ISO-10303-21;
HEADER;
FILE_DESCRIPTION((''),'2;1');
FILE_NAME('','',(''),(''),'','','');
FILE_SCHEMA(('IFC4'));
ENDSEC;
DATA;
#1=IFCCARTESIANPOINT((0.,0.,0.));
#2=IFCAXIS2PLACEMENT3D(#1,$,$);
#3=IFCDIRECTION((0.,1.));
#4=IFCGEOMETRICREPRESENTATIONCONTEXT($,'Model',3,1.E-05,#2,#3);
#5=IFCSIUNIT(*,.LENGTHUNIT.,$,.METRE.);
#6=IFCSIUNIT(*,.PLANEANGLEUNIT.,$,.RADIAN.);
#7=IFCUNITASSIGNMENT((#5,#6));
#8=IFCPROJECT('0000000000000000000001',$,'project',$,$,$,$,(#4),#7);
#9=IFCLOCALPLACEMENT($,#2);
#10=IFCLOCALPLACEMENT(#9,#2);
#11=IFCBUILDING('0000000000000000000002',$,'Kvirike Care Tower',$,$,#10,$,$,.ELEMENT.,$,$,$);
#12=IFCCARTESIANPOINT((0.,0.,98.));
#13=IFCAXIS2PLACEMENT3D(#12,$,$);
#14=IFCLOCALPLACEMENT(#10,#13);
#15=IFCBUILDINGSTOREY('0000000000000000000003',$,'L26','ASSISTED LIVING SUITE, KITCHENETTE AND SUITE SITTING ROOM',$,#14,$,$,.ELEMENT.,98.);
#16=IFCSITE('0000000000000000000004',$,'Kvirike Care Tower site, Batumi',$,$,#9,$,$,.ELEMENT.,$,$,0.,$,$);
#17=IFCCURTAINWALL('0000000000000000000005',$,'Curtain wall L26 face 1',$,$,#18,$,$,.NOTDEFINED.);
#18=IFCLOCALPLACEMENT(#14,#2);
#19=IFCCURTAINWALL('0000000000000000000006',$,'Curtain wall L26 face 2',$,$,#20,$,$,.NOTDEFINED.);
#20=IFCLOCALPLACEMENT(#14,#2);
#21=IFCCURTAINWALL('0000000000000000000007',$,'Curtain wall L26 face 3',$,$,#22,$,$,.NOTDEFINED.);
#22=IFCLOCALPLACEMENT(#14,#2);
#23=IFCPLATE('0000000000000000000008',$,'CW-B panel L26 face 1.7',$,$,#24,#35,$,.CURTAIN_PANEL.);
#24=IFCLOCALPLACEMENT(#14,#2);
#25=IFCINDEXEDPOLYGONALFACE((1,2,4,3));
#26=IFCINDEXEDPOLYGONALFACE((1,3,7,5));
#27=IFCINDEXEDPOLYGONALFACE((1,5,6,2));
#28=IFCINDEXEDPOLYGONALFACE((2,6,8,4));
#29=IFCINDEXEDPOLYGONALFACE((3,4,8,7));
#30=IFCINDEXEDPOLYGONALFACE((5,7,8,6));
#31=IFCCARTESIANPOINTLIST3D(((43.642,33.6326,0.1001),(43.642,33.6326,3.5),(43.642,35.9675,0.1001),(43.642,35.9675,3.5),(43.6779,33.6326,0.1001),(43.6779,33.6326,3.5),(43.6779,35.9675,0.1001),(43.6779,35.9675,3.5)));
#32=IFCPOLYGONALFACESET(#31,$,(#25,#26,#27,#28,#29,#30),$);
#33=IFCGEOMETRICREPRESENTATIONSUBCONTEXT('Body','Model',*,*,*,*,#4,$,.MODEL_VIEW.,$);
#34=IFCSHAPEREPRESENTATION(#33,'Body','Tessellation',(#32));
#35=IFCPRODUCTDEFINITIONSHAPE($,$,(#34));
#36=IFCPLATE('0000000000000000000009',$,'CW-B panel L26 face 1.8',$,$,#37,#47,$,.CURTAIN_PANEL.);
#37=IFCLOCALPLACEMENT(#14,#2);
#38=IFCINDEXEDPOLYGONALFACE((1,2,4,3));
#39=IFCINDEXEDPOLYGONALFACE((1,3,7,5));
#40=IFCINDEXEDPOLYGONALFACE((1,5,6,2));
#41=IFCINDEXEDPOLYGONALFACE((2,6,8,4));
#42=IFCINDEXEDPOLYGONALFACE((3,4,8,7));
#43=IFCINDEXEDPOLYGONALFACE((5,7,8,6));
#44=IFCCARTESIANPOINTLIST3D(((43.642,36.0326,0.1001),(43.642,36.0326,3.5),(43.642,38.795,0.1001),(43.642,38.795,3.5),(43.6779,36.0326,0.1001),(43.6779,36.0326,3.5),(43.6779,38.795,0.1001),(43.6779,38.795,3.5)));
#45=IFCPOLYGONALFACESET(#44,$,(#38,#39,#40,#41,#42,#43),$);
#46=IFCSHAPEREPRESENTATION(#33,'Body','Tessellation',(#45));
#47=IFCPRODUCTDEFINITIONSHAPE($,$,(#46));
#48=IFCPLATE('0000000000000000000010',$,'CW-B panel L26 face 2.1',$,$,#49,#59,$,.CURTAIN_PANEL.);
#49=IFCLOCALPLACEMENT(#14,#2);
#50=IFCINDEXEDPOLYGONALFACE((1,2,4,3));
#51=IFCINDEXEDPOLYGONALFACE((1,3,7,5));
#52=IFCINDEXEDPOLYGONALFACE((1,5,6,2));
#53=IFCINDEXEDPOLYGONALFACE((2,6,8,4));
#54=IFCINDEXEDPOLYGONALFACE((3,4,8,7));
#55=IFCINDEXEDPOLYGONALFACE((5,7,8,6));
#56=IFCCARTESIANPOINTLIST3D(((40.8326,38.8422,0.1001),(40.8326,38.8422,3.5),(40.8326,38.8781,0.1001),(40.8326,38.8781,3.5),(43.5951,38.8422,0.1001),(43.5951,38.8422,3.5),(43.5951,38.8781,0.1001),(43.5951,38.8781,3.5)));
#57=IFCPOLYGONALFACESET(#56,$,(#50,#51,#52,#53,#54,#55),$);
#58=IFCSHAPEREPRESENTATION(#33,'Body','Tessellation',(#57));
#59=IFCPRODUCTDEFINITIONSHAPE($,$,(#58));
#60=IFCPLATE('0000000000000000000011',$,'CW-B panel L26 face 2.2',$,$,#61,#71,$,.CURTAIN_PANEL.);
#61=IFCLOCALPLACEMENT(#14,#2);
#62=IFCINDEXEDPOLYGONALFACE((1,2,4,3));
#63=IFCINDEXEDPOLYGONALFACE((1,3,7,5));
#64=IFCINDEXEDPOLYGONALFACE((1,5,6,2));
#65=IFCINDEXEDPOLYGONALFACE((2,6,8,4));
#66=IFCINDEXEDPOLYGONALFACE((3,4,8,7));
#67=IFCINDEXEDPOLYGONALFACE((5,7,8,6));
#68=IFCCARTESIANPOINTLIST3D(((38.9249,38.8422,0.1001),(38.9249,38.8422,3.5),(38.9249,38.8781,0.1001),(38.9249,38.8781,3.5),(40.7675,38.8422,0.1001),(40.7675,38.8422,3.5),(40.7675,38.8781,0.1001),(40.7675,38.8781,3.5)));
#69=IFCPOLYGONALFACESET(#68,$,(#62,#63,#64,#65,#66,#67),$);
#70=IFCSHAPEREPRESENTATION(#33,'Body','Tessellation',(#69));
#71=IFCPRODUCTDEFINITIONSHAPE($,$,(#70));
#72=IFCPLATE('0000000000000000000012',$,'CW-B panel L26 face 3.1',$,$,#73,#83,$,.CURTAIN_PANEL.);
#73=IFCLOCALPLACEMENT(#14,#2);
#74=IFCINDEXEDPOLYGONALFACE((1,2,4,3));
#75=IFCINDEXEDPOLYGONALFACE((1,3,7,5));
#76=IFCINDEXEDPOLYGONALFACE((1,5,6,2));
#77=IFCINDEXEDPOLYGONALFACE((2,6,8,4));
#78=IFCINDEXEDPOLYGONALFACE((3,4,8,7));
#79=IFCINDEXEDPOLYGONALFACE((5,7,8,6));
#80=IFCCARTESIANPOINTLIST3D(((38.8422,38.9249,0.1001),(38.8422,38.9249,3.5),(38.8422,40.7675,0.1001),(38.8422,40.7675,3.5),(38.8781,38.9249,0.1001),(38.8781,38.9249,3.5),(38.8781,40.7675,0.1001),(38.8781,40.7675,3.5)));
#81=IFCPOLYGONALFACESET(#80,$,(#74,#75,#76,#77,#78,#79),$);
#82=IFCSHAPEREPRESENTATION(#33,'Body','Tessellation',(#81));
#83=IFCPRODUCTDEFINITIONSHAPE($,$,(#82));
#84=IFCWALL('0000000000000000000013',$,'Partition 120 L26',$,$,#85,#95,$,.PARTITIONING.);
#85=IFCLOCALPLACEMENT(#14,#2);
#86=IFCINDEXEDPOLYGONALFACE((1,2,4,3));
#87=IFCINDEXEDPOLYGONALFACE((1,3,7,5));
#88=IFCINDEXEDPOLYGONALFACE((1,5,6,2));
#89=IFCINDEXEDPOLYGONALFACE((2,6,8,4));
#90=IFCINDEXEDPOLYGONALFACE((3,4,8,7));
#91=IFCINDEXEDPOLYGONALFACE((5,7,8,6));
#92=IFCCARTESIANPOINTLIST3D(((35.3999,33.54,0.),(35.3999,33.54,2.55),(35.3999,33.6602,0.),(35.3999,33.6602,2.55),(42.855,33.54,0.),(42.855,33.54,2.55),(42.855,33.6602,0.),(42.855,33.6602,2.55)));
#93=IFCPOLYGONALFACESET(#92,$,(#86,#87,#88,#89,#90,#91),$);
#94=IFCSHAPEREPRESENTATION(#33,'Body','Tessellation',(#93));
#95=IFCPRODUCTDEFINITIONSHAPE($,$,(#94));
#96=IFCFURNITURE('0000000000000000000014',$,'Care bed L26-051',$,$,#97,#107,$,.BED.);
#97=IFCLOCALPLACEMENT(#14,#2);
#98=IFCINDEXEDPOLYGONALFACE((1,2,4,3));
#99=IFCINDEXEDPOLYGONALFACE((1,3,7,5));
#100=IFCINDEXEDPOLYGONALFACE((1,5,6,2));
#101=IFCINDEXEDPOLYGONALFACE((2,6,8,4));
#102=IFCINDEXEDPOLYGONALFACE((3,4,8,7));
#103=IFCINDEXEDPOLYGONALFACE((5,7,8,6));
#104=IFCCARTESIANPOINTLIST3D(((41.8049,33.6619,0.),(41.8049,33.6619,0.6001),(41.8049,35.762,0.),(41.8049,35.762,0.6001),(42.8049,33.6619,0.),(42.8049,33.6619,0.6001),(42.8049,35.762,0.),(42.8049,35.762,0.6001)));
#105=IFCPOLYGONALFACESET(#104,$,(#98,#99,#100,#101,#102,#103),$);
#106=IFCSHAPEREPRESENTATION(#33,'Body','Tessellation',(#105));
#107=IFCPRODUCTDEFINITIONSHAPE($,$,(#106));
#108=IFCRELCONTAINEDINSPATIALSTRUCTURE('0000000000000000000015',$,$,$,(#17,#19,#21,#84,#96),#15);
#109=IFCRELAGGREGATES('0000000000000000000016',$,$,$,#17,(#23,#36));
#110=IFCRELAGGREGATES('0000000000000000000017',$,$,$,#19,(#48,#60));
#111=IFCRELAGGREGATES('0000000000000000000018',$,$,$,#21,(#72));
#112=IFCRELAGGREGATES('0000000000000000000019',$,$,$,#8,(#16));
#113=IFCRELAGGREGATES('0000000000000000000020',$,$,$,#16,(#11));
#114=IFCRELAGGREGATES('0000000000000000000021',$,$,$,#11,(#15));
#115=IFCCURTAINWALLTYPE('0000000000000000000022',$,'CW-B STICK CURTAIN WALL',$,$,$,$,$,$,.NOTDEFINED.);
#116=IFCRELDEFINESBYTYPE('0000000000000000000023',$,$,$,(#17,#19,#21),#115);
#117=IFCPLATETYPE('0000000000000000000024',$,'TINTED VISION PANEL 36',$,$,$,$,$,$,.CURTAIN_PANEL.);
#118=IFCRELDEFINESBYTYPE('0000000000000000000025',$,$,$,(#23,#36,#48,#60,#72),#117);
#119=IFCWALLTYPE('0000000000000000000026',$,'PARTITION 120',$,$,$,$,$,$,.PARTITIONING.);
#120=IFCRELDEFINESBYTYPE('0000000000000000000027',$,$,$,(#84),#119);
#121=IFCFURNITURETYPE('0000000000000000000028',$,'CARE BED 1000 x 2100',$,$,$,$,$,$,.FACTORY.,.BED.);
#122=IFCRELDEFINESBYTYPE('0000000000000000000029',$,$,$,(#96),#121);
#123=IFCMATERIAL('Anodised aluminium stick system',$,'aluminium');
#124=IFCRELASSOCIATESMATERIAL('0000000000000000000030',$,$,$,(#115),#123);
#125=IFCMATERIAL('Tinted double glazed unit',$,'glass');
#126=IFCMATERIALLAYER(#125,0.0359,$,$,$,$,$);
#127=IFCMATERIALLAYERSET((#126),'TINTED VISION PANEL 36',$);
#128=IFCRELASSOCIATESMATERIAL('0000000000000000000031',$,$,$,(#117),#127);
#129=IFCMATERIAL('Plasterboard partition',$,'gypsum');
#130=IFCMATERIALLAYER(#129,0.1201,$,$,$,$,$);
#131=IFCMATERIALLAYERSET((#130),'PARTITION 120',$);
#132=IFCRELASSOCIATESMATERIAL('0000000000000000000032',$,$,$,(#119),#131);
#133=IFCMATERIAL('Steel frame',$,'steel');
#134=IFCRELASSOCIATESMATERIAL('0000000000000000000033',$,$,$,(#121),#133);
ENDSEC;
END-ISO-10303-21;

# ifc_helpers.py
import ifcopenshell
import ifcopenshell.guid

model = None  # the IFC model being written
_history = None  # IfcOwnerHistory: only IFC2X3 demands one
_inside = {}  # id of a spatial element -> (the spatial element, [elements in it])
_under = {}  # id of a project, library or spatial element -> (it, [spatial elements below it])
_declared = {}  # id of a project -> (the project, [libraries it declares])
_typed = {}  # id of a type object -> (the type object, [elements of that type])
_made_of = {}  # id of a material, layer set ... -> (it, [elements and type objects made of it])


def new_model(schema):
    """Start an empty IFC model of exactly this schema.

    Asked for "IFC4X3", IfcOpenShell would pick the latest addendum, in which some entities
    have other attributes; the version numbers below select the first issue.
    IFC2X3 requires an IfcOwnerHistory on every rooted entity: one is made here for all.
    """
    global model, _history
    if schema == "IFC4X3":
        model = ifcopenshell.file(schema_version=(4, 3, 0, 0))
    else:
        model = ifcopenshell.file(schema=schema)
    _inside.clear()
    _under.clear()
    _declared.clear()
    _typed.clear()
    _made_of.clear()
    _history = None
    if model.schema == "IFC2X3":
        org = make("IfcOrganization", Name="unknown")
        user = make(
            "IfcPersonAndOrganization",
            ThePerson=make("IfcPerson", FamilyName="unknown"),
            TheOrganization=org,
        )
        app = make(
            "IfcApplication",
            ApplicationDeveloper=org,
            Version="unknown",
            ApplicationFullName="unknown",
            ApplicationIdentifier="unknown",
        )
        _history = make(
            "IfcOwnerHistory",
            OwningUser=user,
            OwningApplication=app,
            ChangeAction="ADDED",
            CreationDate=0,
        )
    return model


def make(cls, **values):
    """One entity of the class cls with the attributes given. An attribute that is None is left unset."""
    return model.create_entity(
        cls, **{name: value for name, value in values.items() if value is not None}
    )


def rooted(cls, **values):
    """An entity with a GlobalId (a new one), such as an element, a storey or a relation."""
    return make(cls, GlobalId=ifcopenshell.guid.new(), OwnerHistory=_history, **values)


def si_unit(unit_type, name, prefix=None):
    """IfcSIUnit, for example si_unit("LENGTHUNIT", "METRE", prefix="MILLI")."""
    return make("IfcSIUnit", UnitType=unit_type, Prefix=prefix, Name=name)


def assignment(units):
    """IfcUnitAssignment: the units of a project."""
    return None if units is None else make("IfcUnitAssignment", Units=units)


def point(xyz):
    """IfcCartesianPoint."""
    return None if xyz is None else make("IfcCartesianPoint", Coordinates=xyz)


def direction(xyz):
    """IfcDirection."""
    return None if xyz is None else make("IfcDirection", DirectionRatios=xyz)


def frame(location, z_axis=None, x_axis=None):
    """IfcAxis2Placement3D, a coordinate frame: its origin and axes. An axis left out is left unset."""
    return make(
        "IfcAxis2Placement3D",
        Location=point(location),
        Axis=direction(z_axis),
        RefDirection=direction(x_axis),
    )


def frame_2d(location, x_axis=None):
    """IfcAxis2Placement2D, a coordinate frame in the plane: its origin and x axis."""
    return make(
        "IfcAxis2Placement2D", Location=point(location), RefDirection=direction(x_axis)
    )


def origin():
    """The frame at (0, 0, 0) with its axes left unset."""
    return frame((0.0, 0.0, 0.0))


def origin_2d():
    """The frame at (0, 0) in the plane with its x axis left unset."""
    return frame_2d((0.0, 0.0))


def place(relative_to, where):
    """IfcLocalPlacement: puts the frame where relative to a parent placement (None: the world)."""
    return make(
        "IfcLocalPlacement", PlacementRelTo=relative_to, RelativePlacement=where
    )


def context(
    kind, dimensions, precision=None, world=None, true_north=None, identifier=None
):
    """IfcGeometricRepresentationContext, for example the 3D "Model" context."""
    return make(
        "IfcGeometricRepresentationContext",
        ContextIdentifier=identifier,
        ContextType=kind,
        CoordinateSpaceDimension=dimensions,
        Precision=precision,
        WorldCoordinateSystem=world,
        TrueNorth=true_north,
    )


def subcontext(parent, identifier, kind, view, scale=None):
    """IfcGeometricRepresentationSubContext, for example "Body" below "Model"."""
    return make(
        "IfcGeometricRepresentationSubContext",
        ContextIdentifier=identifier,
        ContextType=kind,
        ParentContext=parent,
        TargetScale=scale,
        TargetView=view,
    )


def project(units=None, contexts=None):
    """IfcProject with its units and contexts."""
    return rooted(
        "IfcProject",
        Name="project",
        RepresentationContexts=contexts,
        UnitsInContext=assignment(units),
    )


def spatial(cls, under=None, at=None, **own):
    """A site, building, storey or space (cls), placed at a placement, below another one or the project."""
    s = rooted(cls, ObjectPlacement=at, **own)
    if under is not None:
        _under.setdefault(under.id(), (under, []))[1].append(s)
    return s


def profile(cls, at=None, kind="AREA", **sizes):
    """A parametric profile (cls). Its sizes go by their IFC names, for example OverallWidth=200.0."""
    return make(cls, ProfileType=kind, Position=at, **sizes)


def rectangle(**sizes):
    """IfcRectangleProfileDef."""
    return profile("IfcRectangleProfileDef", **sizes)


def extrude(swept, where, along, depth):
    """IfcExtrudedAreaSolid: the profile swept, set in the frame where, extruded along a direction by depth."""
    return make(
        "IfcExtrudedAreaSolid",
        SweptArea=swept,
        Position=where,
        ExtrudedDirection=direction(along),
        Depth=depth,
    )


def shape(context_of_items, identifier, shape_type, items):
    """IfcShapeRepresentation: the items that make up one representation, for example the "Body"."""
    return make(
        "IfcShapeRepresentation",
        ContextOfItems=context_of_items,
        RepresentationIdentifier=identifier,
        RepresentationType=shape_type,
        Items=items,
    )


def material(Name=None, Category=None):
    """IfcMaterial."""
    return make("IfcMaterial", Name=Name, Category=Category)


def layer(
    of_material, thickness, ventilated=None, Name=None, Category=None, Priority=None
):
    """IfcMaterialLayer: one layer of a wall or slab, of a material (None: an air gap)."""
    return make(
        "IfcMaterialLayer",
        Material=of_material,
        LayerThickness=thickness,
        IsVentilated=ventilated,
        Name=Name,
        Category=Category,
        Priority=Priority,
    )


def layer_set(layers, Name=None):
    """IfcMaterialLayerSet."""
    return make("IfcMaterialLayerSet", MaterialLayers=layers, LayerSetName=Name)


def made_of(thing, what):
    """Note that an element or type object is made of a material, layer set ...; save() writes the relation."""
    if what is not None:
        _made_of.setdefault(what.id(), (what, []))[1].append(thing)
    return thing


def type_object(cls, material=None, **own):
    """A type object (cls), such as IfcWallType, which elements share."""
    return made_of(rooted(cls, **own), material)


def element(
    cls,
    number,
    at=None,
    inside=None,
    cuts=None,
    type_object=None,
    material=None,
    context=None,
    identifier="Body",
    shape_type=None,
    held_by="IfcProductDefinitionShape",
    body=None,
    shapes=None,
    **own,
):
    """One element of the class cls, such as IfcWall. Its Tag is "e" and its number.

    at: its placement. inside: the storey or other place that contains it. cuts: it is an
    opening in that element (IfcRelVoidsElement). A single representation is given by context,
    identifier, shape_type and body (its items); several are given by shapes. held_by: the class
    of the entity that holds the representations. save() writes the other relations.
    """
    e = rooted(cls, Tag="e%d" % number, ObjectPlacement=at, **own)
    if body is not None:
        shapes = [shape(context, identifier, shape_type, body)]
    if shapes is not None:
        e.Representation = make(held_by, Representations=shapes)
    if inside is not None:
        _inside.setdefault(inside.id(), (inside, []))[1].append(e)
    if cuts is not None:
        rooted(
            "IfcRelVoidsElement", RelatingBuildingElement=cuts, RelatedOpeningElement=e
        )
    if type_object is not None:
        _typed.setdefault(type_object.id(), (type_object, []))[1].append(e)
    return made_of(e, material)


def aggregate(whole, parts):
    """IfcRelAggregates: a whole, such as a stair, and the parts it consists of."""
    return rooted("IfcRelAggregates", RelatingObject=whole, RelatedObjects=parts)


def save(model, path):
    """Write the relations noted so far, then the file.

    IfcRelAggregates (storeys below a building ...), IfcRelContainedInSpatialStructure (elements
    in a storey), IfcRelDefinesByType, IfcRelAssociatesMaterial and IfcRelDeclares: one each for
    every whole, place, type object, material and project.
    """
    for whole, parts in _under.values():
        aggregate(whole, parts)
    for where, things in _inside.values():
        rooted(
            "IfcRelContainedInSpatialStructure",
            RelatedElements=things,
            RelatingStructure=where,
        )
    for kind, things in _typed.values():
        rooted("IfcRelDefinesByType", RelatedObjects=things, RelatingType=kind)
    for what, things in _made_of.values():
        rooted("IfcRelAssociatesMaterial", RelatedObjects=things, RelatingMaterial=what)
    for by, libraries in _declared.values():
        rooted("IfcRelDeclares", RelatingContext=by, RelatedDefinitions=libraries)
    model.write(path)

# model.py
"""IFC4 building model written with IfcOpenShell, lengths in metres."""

from ifc_helpers import new_model, si_unit, direction, frame, frame_2d, origin, origin_2d, place, context, subcontext, project, spatial, rectangle, extrude, material, layer, layer_set, type_object, element, aggregate, save


model = new_model("IFC4")

# Units and contexts
model_context = context("Model", 3, precision=1e-05, world=origin(), true_north=direction((0.0, 1.0)))
body_context = subcontext(model_context, "Body", "Model", "MODEL_VIEW")
ifc_project = project(units=[si_unit("LENGTHUNIT", "METRE"), si_unit("PLANEANGLEUNIT", "RADIAN")], contexts=[model_context])

# Site, building, storey
site_placement = place(None, origin())
site = spatial("IfcSite", under=ifc_project, at=site_placement, Name="Kvirike Care Tower site, Batumi", CompositionType="ELEMENT", RefElevation=0.0)
building_placement = place(site_placement, origin())
building = spatial("IfcBuilding", under=site, at=building_placement, Name="Kvirike Care Tower", CompositionType="ELEMENT")
storey_placement = place(building_placement, frame((0.0, 0.0, 98.0)))
storey = spatial("IfcBuildingStorey", under=building, at=storey_placement, Name="L26", Description="ASSISTED LIVING SUITE, KITCHENETTE AND SUITE SITTING ROOM", CompositionType="ELEMENT", Elevation=98.0)

# Curtain walls
ifc_material_1 = material(Name="Anodised aluminium stick system", Category="aluminium")
curtain_wall_type = type_object("IfcCurtainWallType", Name="CW-B STICK CURTAIN WALL", PredefinedType="NOTDEFINED", material=ifc_material_1)
curtain_wall_1_placement = place(storey_placement, origin())
curtain_wall_1 = element("IfcCurtainWall", 1, at=curtain_wall_1_placement, inside=storey, type_object=curtain_wall_type, Name="Curtain wall L26 face 1", PredefinedType="NOTDEFINED")
curtain_wall_2_placement = place(storey_placement, origin())
curtain_wall_2 = element("IfcCurtainWall", 2, at=curtain_wall_2_placement, inside=storey, type_object=curtain_wall_type, Name="Curtain wall L26 face 2", PredefinedType="NOTDEFINED")

# Curtain wall
curtain_wall_3_placement = place(storey_placement, origin())
curtain_wall_3 = element("IfcCurtainWall", 3, at=curtain_wall_3_placement, inside=storey, type_object=curtain_wall_type, Name="Curtain wall L26 face 3", PredefinedType="NOTDEFINED")

# Plates
ifc_material_2 = material(Name="Tinted double glazed unit", Category="glass")
ifc_layer_1 = layer(ifc_material_2, 0.0359)
ifc_layer_set_1 = layer_set([ifc_layer_1], Name="TINTED VISION PANEL 36")
plate_type = type_object("IfcPlateType", Name="TINTED VISION PANEL 36", PredefinedType="CURTAIN_PANEL", material=ifc_layer_set_1)
plate_1_placement = place(storey_placement, frame((43.6599, 34.8, 0.1001), z_axis=(0.0, 0.0, 1.0), x_axis=(0.0, 1.0, 0.0)))
plate_1 = element("IfcPlate", 4, at=plate_1_placement, type_object=plate_type, Name="CW-B panel L26 face 1.7", PredefinedType="CURTAIN_PANEL", context=body_context, shape_type="SweptSolid", body=[
    extrude(rectangle(XDim=2.335, YDim=0.0359, at=origin_2d()), origin(), (0.0, 0.0, 1.0), 3.3999),
])
plate_2_placement = place(storey_placement, frame((43.6599, 37.4138, 0.1001), z_axis=(0.0, 0.0, 1.0), x_axis=(0.0, 1.0, 0.0)))
plate_2 = element("IfcPlate", 5, at=plate_2_placement, type_object=plate_type, Name="CW-B panel L26 face 1.8", PredefinedType="CURTAIN_PANEL", context=body_context, shape_type="SweptSolid", body=[
    extrude(rectangle(XDim=2.7625, YDim=0.0359, at=origin_2d()), origin(), (0.0, 0.0, 1.0), 3.3999),
])
aggregate(curtain_wall_1, [plate_1, plate_2])
plate_3_placement = place(storey_placement, frame((42.2139, 38.8601, 0.1001), z_axis=(0.0, 0.0, 1.0), x_axis=(-1.0, 0.0, 0.0)))
plate_3 = element("IfcPlate", 6, at=plate_3_placement, type_object=plate_type, Name="CW-B panel L26 face 2.1", PredefinedType="CURTAIN_PANEL", context=body_context, shape_type="SweptSolid", body=[
    extrude(rectangle(XDim=2.7625, YDim=0.0359, at=origin_2d()), origin(), (0.0, 0.0, 1.0), 3.3999),
])
plate_4_placement = place(storey_placement, frame((39.8462, 38.8601, 0.1001), z_axis=(0.0, 0.0, 1.0), x_axis=(-1.0, 0.0, 0.0)))
plate_4 = element("IfcPlate", 7, at=plate_4_placement, type_object=plate_type, Name="CW-B panel L26 face 2.2", PredefinedType="CURTAIN_PANEL", context=body_context, shape_type="SweptSolid", body=[
    extrude(rectangle(XDim=1.8425, YDim=0.0359, at=origin_2d()), origin(), (0.0, 0.0, 1.0), 3.3999),
])
aggregate(curtain_wall_2, [plate_3, plate_4])
plate_5_placement = place(storey_placement, frame((38.8601, 39.8462, 0.1001), z_axis=(0.0, 0.0, 1.0), x_axis=(0.0, 1.0, 0.0)))
plate_5 = element("IfcPlate", 8, at=plate_5_placement, type_object=plate_type, Name="CW-B panel L26 face 3.1", PredefinedType="CURTAIN_PANEL", context=body_context, shape_type="SweptSolid", body=[
    extrude(rectangle(XDim=1.8425, YDim=0.0359, at=origin_2d()), origin(), (0.0, 0.0, 1.0), 3.3999),
])
aggregate(curtain_wall_3, [plate_5])

# Wall
ifc_material_3 = material(Name="Plasterboard partition", Category="gypsum")
ifc_layer_2 = layer(ifc_material_3, 0.1201)
ifc_layer_set_2 = layer_set([ifc_layer_2], Name="PARTITION 120")
wall_type = type_object("IfcWallType", Name="PARTITION 120", PredefinedType="PARTITIONING", material=ifc_layer_set_2)
wall_placement = place(storey_placement, frame((42.855, 33.6001, 0.0), z_axis=(0.0, 0.0, 1.0), x_axis=(-1.0, 0.0, 0.0)))
element("IfcWall", 9, at=wall_placement, inside=storey, type_object=wall_type, Name="Partition 120 L26", PredefinedType="PARTITIONING", context=body_context, shape_type="SweptSolid", body=[
    extrude(rectangle(XDim=7.4551, YDim=0.1201, at=frame_2d((3.7275, 0.0))), origin(), (0.0, 0.0, 1.0), 2.55),
])

# Furniture
ifc_material_4 = material(Name="Steel frame", Category="steel")
furniture_type = type_object("IfcFurnitureType", Name="CARE BED 1000 x 2100", AssemblyPlace="FACTORY", PredefinedType="BED", material=ifc_material_4)
furniture_placement = place(storey_placement, frame((42.3049, 34.7119, 0.0), z_axis=(0.0, 0.0, 1.0), x_axis=(-1.0, 0.0, 0.0)))
element("IfcFurniture", 10, at=furniture_placement, inside=storey, type_object=furniture_type, Name="Care bed L26-051", PredefinedType="BED", context=body_context, shape_type="SweptSolid", body=[
    extrude(rectangle(XDim=1.0, YDim=2.1001, at=origin_2d()), origin(), (0.0, 0.0, 1.0), 0.6001),
])

save(model, "model.ifc")
